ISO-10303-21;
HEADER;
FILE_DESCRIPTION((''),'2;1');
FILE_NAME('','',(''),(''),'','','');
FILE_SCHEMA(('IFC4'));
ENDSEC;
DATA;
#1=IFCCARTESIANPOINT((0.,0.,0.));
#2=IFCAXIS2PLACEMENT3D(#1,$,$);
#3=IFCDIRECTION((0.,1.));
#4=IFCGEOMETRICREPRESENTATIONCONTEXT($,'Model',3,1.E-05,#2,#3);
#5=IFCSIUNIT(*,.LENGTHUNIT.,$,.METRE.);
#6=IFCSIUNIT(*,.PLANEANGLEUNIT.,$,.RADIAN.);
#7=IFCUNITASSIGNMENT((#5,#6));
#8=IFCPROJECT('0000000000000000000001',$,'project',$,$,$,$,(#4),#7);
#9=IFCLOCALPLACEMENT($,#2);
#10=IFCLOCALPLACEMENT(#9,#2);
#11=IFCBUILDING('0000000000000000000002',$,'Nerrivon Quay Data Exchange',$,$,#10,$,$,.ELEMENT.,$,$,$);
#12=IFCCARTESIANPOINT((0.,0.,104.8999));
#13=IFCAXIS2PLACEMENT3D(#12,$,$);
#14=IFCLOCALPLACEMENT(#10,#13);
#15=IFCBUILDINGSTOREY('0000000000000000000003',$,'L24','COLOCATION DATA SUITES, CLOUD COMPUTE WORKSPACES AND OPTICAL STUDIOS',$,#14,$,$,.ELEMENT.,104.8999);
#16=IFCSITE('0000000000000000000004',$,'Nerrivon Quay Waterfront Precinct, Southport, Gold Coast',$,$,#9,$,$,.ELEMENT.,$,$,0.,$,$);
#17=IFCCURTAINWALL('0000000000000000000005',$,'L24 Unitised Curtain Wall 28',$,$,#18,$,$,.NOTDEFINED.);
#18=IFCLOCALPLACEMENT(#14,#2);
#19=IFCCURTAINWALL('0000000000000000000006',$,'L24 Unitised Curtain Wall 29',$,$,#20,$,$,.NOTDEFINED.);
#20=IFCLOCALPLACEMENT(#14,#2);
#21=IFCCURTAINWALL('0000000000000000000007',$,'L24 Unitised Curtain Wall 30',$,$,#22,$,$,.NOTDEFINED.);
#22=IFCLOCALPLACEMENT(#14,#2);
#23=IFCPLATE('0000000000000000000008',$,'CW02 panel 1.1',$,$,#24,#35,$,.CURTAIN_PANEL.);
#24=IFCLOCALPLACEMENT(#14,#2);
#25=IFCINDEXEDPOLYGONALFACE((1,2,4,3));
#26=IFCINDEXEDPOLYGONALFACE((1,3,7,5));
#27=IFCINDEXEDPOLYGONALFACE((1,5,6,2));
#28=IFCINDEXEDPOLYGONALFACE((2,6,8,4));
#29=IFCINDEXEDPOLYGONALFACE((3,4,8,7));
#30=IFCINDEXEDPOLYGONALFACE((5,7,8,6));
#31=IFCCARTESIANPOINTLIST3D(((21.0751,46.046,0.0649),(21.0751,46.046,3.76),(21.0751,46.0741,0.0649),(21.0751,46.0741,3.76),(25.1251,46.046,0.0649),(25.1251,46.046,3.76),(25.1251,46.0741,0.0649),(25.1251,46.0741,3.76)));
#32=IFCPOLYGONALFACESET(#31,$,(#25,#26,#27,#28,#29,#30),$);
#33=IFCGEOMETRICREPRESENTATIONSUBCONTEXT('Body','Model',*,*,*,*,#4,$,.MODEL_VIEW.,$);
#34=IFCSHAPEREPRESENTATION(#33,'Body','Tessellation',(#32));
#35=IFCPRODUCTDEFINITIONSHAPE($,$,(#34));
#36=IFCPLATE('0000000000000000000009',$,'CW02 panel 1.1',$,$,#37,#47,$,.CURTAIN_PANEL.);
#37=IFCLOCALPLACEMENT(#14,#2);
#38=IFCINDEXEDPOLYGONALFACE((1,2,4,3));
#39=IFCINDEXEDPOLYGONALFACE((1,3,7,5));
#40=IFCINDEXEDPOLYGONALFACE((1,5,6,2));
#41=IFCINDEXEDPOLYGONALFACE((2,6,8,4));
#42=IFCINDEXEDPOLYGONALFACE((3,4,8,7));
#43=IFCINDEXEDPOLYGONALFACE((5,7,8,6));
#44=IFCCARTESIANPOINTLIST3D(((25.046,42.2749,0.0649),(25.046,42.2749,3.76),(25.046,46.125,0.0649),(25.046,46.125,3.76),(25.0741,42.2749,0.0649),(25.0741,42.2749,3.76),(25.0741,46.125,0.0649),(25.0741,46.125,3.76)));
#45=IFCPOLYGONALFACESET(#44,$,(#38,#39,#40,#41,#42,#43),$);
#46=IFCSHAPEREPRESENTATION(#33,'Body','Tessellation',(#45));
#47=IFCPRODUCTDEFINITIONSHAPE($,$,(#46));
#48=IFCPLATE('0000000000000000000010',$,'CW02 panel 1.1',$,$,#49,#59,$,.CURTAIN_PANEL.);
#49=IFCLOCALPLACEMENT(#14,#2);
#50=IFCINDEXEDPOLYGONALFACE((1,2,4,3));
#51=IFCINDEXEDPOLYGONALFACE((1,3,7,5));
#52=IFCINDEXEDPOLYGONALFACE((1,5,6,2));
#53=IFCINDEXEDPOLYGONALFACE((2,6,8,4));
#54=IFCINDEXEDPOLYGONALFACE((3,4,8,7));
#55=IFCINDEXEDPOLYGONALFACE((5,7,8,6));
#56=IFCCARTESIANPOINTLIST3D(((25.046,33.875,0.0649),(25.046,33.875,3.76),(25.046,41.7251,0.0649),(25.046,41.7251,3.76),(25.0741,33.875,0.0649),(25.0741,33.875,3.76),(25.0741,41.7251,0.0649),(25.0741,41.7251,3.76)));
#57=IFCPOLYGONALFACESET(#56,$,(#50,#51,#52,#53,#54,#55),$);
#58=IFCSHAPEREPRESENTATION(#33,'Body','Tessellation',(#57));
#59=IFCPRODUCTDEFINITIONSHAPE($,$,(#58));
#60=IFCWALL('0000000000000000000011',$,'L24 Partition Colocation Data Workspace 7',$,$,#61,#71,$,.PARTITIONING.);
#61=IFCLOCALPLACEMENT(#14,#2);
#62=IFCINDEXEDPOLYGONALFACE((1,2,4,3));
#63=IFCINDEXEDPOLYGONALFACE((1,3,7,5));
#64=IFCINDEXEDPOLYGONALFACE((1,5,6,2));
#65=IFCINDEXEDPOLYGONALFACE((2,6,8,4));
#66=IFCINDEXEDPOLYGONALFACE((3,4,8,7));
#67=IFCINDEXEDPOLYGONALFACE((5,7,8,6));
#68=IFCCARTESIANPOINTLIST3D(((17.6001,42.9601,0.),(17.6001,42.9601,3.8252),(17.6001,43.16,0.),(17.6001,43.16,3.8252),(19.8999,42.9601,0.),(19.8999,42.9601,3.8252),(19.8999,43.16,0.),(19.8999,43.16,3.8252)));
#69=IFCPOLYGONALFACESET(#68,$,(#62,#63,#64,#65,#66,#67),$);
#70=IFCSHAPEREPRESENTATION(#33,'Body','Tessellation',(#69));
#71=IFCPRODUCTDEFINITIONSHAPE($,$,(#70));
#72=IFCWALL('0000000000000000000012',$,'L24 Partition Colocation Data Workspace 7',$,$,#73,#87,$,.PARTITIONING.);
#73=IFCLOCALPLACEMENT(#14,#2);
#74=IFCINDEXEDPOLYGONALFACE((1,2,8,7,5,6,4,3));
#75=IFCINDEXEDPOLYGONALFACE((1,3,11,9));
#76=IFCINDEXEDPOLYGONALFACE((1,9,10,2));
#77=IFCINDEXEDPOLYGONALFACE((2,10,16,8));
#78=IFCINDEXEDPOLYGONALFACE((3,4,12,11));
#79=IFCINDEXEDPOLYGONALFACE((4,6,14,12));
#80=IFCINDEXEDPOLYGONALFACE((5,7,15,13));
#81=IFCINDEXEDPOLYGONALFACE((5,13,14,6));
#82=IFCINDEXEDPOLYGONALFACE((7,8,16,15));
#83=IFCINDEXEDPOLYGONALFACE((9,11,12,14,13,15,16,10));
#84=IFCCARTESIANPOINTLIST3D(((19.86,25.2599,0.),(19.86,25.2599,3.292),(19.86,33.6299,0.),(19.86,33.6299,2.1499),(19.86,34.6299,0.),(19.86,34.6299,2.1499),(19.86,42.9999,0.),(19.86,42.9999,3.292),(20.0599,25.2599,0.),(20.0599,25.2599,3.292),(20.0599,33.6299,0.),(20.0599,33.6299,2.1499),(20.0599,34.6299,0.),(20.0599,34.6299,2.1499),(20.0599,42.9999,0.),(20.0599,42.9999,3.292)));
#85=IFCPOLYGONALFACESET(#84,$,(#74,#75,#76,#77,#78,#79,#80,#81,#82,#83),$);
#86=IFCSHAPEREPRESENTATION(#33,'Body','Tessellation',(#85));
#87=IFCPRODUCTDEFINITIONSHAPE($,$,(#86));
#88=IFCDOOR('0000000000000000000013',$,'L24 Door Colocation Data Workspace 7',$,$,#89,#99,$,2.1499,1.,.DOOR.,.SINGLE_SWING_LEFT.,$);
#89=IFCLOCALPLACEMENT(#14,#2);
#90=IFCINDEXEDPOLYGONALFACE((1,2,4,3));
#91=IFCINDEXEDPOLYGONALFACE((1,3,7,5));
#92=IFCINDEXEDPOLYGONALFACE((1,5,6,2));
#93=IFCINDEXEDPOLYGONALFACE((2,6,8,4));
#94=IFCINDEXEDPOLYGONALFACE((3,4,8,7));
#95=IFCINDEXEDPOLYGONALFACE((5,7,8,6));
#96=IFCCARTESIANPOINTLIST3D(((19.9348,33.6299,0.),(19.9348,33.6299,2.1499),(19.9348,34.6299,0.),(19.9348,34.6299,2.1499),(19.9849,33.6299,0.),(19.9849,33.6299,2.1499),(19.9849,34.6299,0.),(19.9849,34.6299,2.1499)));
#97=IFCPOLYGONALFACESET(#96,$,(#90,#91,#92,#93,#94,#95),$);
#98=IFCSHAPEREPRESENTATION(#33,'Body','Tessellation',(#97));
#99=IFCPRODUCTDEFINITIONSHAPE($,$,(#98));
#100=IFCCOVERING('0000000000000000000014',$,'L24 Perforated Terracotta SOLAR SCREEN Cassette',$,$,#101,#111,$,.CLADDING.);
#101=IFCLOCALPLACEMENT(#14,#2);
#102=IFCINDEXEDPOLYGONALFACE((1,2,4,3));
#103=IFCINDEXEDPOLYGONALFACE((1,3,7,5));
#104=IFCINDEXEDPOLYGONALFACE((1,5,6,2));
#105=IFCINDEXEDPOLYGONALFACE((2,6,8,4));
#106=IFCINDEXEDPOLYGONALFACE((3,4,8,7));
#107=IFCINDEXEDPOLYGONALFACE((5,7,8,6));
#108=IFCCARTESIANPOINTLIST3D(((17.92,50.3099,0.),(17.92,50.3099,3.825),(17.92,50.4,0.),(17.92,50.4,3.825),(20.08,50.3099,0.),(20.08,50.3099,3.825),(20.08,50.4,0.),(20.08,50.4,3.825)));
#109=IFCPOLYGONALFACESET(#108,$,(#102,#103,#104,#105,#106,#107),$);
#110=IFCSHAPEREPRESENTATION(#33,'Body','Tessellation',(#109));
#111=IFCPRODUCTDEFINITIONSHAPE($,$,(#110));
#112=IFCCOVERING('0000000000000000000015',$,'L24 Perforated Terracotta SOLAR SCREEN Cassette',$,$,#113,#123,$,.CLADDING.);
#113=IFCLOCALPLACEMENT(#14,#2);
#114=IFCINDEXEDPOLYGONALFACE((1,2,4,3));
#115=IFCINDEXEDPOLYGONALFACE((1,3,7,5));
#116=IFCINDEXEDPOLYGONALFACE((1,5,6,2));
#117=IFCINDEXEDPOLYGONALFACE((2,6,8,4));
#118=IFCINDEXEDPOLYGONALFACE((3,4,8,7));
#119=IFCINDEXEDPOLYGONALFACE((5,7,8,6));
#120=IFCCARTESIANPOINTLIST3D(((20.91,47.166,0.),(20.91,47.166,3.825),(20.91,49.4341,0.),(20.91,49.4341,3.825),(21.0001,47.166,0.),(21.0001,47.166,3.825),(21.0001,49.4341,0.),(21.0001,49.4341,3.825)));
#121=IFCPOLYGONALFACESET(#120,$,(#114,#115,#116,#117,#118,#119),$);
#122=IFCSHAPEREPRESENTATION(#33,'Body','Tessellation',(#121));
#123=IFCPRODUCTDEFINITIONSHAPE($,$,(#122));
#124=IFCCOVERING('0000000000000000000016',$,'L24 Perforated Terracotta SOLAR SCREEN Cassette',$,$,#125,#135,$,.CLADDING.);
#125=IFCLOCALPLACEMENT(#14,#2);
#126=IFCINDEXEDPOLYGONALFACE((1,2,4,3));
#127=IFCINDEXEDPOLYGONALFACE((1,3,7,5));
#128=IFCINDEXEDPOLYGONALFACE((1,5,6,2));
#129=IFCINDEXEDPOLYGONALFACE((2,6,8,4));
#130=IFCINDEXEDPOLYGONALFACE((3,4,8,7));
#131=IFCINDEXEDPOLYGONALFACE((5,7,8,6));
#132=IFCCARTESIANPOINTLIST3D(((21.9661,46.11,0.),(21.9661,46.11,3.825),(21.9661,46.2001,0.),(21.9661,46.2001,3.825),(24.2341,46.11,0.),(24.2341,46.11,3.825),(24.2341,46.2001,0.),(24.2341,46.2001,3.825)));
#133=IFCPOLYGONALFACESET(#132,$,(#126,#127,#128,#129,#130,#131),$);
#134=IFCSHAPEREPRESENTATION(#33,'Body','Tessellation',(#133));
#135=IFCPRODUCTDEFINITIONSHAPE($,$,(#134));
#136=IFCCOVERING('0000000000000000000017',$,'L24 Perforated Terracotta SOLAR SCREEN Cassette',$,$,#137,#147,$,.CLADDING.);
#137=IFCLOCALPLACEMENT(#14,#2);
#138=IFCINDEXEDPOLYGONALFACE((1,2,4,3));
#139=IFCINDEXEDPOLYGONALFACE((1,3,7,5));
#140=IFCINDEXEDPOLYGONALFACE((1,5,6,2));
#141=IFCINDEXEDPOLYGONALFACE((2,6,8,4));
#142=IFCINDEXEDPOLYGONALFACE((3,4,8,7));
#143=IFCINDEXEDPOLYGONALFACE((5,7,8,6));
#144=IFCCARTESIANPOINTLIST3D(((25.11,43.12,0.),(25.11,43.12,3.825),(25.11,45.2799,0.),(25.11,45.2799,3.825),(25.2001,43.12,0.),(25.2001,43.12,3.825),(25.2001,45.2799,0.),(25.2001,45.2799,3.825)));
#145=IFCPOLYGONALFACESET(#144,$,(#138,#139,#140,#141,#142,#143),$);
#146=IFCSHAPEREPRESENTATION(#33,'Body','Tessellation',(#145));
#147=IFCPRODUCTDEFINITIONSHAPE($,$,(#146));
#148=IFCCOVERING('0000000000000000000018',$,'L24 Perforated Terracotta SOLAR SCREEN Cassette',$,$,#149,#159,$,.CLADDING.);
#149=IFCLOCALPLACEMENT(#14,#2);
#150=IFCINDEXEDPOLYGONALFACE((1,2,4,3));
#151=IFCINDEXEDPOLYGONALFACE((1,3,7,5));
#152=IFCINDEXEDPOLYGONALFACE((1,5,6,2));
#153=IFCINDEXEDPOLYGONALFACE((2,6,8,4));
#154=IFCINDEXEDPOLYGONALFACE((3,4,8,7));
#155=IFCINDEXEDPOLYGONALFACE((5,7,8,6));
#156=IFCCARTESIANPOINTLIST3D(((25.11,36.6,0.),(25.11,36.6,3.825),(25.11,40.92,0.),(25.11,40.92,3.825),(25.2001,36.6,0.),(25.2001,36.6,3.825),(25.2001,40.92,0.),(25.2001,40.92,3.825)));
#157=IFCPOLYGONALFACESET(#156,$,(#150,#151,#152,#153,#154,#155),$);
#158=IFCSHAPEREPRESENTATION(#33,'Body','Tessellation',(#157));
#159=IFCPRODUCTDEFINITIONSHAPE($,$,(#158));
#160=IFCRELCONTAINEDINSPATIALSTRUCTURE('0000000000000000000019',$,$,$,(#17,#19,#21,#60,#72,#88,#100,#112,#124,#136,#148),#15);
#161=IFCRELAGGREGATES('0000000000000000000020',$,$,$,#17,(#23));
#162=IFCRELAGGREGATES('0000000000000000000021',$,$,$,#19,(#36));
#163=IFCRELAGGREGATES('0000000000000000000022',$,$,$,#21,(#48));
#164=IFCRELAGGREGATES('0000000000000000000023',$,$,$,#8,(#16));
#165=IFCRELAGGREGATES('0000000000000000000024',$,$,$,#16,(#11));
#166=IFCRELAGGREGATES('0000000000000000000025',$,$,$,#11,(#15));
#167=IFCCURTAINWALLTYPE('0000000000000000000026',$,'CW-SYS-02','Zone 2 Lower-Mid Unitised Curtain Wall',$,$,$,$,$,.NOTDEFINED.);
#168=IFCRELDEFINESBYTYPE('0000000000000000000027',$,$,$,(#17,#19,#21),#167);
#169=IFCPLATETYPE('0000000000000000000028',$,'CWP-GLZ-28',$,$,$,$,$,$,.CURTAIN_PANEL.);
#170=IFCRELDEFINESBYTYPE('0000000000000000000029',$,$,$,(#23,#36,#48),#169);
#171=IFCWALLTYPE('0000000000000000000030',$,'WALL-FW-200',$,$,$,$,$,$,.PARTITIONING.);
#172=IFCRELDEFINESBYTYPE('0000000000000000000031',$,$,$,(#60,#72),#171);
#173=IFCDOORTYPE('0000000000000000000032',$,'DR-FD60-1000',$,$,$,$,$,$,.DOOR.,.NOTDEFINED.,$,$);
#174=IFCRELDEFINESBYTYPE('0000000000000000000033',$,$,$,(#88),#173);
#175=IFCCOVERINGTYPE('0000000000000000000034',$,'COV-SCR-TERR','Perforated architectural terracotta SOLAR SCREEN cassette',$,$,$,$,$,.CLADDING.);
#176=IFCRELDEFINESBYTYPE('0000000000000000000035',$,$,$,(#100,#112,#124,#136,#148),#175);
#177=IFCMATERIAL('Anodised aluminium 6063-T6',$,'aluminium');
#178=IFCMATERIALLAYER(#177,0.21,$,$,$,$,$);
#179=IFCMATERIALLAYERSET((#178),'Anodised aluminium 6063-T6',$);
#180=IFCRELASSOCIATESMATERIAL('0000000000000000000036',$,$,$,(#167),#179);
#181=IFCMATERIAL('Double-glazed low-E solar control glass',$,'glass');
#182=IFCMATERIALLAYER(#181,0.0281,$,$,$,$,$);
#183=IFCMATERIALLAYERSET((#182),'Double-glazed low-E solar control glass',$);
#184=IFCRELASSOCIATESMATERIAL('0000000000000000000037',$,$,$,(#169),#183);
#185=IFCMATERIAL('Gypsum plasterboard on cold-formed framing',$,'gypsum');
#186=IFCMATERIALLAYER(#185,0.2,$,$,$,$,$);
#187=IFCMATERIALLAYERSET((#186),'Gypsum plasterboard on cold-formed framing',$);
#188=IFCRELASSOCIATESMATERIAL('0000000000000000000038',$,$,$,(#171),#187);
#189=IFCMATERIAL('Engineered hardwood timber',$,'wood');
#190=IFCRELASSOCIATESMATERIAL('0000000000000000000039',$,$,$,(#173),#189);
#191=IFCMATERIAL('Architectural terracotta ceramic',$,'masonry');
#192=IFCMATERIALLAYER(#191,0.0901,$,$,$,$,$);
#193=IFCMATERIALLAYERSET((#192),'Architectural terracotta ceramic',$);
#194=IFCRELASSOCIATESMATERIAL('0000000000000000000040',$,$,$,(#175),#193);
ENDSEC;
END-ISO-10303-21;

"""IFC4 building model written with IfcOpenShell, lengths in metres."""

from ifc_helpers import new_model, si_unit, direction, frame, frame_2d, origin, origin_2d, place, context, subcontext, project, spatial, rectangle, extrude, material, layer, layer_set, type_object, element, fill, aggregate, save


model = new_model("IFC4")

# Units and contexts
model_context = context("Model", 3, precision=1e-05, world=origin(), true_north=direction((0.0, 1.0)))
body_context = subcontext(model_context, "Body", "Model", "MODEL_VIEW")
ifc_project = project(units=[si_unit("LENGTHUNIT", "METRE"), si_unit("PLANEANGLEUNIT", "RADIAN")], contexts=[model_context])

# Site, building, storey
site_placement = place(None, origin())
site = spatial("IfcSite", under=ifc_project, at=site_placement, Name="Nerrivon Quay Waterfront Precinct, Southport, Gold Coast", CompositionType="ELEMENT", RefElevation=0.0)
building_placement = place(site_placement, origin())
building = spatial("IfcBuilding", under=site, at=building_placement, Name="Nerrivon Quay Data Exchange", CompositionType="ELEMENT")
storey_placement = place(building_placement, frame((0.0, 0.0, 104.8999)))
storey = spatial("IfcBuildingStorey", under=building, at=storey_placement, Name="L24", Description="COLOCATION DATA SUITES, CLOUD COMPUTE WORKSPACES AND OPTICAL STUDIOS", CompositionType="ELEMENT", Elevation=104.8999)

# Shared definitions
ifc_material_1 = material(Name="Anodised aluminium 6063-T6", Category="aluminium")
ifc_layer_1 = layer(ifc_material_1, 0.21)
ifc_layer_set_1 = layer_set([ifc_layer_1], Name="Anodised aluminium 6063-T6")
curtain_wall_type = type_object("IfcCurtainWallType", Name="CW-SYS-02", Description="Zone 2 Lower-Mid Unitised Curtain Wall", PredefinedType="NOTDEFINED", material=ifc_layer_set_1)

# Curtain walls
curtain_wall_1_placement = place(storey_placement, origin())
curtain_wall_1 = element("IfcCurtainWall", 1, at=curtain_wall_1_placement, inside=storey, type_object=curtain_wall_type, Name="L24 Unitised Curtain Wall 28", PredefinedType="NOTDEFINED")
curtain_wall_2_placement = place(storey_placement, origin())
curtain_wall_2 = element("IfcCurtainWall", 2, at=curtain_wall_2_placement, inside=storey, type_object=curtain_wall_type, Name="L24 Unitised Curtain Wall 29", PredefinedType="NOTDEFINED")

# Curtain wall
curtain_wall_3_placement = place(storey_placement, origin())
curtain_wall_3 = element("IfcCurtainWall", 3, at=curtain_wall_3_placement, inside=storey, type_object=curtain_wall_type, Name="L24 Unitised Curtain Wall 30", PredefinedType="NOTDEFINED")

# Plates
ifc_material_2 = material(Name="Double-glazed low-E solar control glass", Category="glass")
ifc_layer_2 = layer(ifc_material_2, 0.0281)
ifc_layer_set_2 = layer_set([ifc_layer_2], Name="Double-glazed low-E solar control glass")
plate_type = type_object("IfcPlateType", Name="CWP-GLZ-28", PredefinedType="CURTAIN_PANEL", material=ifc_layer_set_2)
plate_1_placement = place(storey_placement, frame((23.1001, 46.0601, 0.0649), z_axis=(0.0, 0.0, 1.0), x_axis=(1.0, 0.0, 0.0)))
plate_1 = element("IfcPlate", 4, at=plate_1_placement, type_object=plate_type, Name="CW02 panel 1.1", PredefinedType="CURTAIN_PANEL", context=body_context, shape_type="SweptSolid", body=[
    extrude(rectangle(XDim=4.05, YDim=0.0281, at=origin_2d()), origin(), (0.0, 0.0, 1.0), 3.6951),
])
aggregate(curtain_wall_1, [plate_1])
plate_2_placement = place(storey_placement, frame((25.0601, 44.2, 0.0649), z_axis=(0.0, 0.0, 1.0), x_axis=(0.0, -1.0, 0.0)))
plate_2 = element("IfcPlate", 5, at=plate_2_placement, type_object=plate_type, Name="CW02 panel 1.1", PredefinedType="CURTAIN_PANEL", context=body_context, shape_type="SweptSolid", body=[
    extrude(rectangle(XDim=3.8501, YDim=0.0281, at=origin_2d()), origin(), (0.0, 0.0, 1.0), 3.6951),
])
aggregate(curtain_wall_2, [plate_2])
plate_3_placement = place(storey_placement, frame((25.0601, 37.8, 0.0649), z_axis=(0.0, 0.0, 1.0), x_axis=(0.0, -1.0, 0.0)))
plate_3 = element("IfcPlate", 6, at=plate_3_placement, type_object=plate_type, Name="CW02 panel 1.1", PredefinedType="CURTAIN_PANEL", context=body_context, shape_type="SweptSolid", body=[
    extrude(rectangle(XDim=7.8501, YDim=0.0281, at=origin_2d()), origin(), (0.0, 0.0, 1.0), 3.6951),
])
aggregate(curtain_wall_3, [plate_3])

# Wall
ifc_material_3 = material(Name="Gypsum plasterboard on cold-formed framing", Category="gypsum")
ifc_layer_3 = layer(ifc_material_3, 0.2)
ifc_layer_set_3 = layer_set([ifc_layer_3], Name="Gypsum plasterboard on cold-formed framing")
wall_type = type_object("IfcWallType", Name="WALL-FW-200", PredefinedType="PARTITIONING", material=ifc_layer_set_3)
wall_1_placement = place(storey_placement, frame((17.6001, 43.0601, 0.0), z_axis=(0.0, 0.0, 1.0), x_axis=(1.0, 0.0, 0.0)))
element("IfcWall", 7, at=wall_1_placement, inside=storey, type_object=wall_type, Name="L24 Partition Colocation Data Workspace 7", PredefinedType="PARTITIONING", context=body_context, shape_type="SweptSolid", body=[
    extrude(rectangle(XDim=2.2998, YDim=0.2, at=frame_2d((1.1499, 0.0))), origin(), (0.0, 0.0, 1.0), 3.8252),
])

# Wall, opening, door
wall_2_placement = place(storey_placement, frame((19.96, 43.0, 0.0), z_axis=(0.0, 0.0, 1.0), x_axis=(0.0, -1.0, 0.0)))
wall_2 = element("IfcWall", 8, at=wall_2_placement, inside=storey, type_object=wall_type, Name="L24 Partition Colocation Data Workspace 7", PredefinedType="PARTITIONING", context=body_context, shape_type="SweptSolid", body=[
    extrude(rectangle(XDim=17.74, YDim=0.2, at=frame_2d((8.8701, 0.0))), origin(), (0.0, 0.0, 1.0), 3.292),
])
opening_placement = place(wall_2_placement, frame((8.3701, 0.0, 0.0)))
opening = element("IfcOpeningElement", 9, at=opening_placement, cuts=wall_2, PredefinedType="OPENING", context=body_context, shape_type="SweptSolid", body=[
    extrude(rectangle(XDim=1.0, YDim=2.1499, at=frame_2d((0.5, 1.075))), frame((0.0, 0.1099, 0.0), z_axis=(0.0, -1.0, 0.0), x_axis=(1.0, 0.0, 0.0)), (0.0, 0.0, 1.0), 0.22),
])
ifc_material_4 = material(Name="Engineered hardwood timber", Category="wood")
door_type = type_object("IfcDoorType", Name="DR-FD60-1000", OperationType="NOTDEFINED", PredefinedType="DOOR", material=ifc_material_4)
door_placement = place(opening_placement, origin())
door = element("IfcDoor", 10, at=door_placement, inside=storey, type_object=door_type, Name="L24 Door Colocation Data Workspace 7", OperationType="SINGLE_SWING_LEFT", OverallHeight=2.1499, OverallWidth=1.0, PredefinedType="DOOR", context=body_context, shape_type="SweptSolid", body=[
    extrude(rectangle(XDim=1.0, YDim=2.1499, at=frame_2d((0.5, 1.075))), frame((0.0, 0.0249, 0.0), z_axis=(0.0, -1.0, 0.0), x_axis=(1.0, 0.0, 0.0)), (0.0, 0.0, 1.0), 0.05),
])
fill(opening, door)

# Coverings
ifc_material_5 = material(Name="Architectural terracotta ceramic", Category="masonry")
ifc_layer_4 = layer(ifc_material_5, 0.0901)
ifc_layer_set_4 = layer_set([ifc_layer_4], Name="Architectural terracotta ceramic")
covering_type = type_object("IfcCoveringType", Name="COV-SCR-TERR", Description="Perforated architectural terracotta SOLAR SCREEN cassette", PredefinedType="CLADDING", material=ifc_layer_set_4)
covering_1_placement = place(storey_placement, frame((19.0, 50.355, 0.0), z_axis=(0.0, 0.0, 1.0), x_axis=(1.0, 0.0, 0.0)))
element("IfcCovering", 11, at=covering_1_placement, inside=storey, type_object=covering_type, Name="L24 Perforated Terracotta SOLAR SCREEN Cassette", PredefinedType="CLADDING", context=body_context, shape_type="SweptSolid", body=[
    extrude(rectangle(XDim=2.1599, YDim=0.0901, at=origin_2d()), origin(), (0.0, 0.0, 1.0), 3.825),
])
for number, where, z_axis, x_axis, name in (
    (12, (20.9551, 48.3, 0.0), (0.0, 0.0, 1.0), (0.0, -1.0, 0.0), "L24 Perforated Terracotta SOLAR SCREEN Cassette"),
    (13, (23.1001, 46.155, 0.0), (0.0, 0.0, 1.0), (1.0, 0.0, 0.0), "L24 Perforated Terracotta SOLAR SCREEN Cassette"),
):
    element("IfcCovering", number, at=place(storey_placement, frame(where, z_axis=z_axis, x_axis=x_axis)), inside=storey, type_object=covering_type, Name=name, PredefinedType="CLADDING", context=body_context, shape_type="SweptSolid", body=[
        extrude(rectangle(XDim=2.2681, YDim=0.0901, at=origin_2d()), origin(), (0.0, 0.0, 1.0), 3.825),
    ])
covering_2_placement = place(storey_placement, frame((25.155, 44.2, 0.0), z_axis=(0.0, 0.0, 1.0), x_axis=(0.0, -1.0, 0.0)))
element("IfcCovering", 14, at=covering_2_placement, inside=storey, type_object=covering_type, Name="L24 Perforated Terracotta SOLAR SCREEN Cassette", PredefinedType="CLADDING", context=body_context, shape_type="SweptSolid", body=[
    extrude(rectangle(XDim=2.1599, YDim=0.0901, at=origin_2d()), origin(), (0.0, 0.0, 1.0), 3.825),
])
covering_3_placement = place(storey_placement, frame((25.155, 38.76, 0.0), z_axis=(0.0, 0.0, 1.0), x_axis=(0.0, -1.0, 0.0)))
element("IfcCovering", 15, at=covering_3_placement, inside=storey, type_object=covering_type, Name="L24 Perforated Terracotta SOLAR SCREEN Cassette", PredefinedType="CLADDING", context=body_context, shape_type="SweptSolid", body=[
    extrude(rectangle(XDim=4.3201, YDim=0.0901, at=origin_2d()), origin(), (0.0, 0.0, 1.0), 3.825),
])

save(model, "model.ifc")
